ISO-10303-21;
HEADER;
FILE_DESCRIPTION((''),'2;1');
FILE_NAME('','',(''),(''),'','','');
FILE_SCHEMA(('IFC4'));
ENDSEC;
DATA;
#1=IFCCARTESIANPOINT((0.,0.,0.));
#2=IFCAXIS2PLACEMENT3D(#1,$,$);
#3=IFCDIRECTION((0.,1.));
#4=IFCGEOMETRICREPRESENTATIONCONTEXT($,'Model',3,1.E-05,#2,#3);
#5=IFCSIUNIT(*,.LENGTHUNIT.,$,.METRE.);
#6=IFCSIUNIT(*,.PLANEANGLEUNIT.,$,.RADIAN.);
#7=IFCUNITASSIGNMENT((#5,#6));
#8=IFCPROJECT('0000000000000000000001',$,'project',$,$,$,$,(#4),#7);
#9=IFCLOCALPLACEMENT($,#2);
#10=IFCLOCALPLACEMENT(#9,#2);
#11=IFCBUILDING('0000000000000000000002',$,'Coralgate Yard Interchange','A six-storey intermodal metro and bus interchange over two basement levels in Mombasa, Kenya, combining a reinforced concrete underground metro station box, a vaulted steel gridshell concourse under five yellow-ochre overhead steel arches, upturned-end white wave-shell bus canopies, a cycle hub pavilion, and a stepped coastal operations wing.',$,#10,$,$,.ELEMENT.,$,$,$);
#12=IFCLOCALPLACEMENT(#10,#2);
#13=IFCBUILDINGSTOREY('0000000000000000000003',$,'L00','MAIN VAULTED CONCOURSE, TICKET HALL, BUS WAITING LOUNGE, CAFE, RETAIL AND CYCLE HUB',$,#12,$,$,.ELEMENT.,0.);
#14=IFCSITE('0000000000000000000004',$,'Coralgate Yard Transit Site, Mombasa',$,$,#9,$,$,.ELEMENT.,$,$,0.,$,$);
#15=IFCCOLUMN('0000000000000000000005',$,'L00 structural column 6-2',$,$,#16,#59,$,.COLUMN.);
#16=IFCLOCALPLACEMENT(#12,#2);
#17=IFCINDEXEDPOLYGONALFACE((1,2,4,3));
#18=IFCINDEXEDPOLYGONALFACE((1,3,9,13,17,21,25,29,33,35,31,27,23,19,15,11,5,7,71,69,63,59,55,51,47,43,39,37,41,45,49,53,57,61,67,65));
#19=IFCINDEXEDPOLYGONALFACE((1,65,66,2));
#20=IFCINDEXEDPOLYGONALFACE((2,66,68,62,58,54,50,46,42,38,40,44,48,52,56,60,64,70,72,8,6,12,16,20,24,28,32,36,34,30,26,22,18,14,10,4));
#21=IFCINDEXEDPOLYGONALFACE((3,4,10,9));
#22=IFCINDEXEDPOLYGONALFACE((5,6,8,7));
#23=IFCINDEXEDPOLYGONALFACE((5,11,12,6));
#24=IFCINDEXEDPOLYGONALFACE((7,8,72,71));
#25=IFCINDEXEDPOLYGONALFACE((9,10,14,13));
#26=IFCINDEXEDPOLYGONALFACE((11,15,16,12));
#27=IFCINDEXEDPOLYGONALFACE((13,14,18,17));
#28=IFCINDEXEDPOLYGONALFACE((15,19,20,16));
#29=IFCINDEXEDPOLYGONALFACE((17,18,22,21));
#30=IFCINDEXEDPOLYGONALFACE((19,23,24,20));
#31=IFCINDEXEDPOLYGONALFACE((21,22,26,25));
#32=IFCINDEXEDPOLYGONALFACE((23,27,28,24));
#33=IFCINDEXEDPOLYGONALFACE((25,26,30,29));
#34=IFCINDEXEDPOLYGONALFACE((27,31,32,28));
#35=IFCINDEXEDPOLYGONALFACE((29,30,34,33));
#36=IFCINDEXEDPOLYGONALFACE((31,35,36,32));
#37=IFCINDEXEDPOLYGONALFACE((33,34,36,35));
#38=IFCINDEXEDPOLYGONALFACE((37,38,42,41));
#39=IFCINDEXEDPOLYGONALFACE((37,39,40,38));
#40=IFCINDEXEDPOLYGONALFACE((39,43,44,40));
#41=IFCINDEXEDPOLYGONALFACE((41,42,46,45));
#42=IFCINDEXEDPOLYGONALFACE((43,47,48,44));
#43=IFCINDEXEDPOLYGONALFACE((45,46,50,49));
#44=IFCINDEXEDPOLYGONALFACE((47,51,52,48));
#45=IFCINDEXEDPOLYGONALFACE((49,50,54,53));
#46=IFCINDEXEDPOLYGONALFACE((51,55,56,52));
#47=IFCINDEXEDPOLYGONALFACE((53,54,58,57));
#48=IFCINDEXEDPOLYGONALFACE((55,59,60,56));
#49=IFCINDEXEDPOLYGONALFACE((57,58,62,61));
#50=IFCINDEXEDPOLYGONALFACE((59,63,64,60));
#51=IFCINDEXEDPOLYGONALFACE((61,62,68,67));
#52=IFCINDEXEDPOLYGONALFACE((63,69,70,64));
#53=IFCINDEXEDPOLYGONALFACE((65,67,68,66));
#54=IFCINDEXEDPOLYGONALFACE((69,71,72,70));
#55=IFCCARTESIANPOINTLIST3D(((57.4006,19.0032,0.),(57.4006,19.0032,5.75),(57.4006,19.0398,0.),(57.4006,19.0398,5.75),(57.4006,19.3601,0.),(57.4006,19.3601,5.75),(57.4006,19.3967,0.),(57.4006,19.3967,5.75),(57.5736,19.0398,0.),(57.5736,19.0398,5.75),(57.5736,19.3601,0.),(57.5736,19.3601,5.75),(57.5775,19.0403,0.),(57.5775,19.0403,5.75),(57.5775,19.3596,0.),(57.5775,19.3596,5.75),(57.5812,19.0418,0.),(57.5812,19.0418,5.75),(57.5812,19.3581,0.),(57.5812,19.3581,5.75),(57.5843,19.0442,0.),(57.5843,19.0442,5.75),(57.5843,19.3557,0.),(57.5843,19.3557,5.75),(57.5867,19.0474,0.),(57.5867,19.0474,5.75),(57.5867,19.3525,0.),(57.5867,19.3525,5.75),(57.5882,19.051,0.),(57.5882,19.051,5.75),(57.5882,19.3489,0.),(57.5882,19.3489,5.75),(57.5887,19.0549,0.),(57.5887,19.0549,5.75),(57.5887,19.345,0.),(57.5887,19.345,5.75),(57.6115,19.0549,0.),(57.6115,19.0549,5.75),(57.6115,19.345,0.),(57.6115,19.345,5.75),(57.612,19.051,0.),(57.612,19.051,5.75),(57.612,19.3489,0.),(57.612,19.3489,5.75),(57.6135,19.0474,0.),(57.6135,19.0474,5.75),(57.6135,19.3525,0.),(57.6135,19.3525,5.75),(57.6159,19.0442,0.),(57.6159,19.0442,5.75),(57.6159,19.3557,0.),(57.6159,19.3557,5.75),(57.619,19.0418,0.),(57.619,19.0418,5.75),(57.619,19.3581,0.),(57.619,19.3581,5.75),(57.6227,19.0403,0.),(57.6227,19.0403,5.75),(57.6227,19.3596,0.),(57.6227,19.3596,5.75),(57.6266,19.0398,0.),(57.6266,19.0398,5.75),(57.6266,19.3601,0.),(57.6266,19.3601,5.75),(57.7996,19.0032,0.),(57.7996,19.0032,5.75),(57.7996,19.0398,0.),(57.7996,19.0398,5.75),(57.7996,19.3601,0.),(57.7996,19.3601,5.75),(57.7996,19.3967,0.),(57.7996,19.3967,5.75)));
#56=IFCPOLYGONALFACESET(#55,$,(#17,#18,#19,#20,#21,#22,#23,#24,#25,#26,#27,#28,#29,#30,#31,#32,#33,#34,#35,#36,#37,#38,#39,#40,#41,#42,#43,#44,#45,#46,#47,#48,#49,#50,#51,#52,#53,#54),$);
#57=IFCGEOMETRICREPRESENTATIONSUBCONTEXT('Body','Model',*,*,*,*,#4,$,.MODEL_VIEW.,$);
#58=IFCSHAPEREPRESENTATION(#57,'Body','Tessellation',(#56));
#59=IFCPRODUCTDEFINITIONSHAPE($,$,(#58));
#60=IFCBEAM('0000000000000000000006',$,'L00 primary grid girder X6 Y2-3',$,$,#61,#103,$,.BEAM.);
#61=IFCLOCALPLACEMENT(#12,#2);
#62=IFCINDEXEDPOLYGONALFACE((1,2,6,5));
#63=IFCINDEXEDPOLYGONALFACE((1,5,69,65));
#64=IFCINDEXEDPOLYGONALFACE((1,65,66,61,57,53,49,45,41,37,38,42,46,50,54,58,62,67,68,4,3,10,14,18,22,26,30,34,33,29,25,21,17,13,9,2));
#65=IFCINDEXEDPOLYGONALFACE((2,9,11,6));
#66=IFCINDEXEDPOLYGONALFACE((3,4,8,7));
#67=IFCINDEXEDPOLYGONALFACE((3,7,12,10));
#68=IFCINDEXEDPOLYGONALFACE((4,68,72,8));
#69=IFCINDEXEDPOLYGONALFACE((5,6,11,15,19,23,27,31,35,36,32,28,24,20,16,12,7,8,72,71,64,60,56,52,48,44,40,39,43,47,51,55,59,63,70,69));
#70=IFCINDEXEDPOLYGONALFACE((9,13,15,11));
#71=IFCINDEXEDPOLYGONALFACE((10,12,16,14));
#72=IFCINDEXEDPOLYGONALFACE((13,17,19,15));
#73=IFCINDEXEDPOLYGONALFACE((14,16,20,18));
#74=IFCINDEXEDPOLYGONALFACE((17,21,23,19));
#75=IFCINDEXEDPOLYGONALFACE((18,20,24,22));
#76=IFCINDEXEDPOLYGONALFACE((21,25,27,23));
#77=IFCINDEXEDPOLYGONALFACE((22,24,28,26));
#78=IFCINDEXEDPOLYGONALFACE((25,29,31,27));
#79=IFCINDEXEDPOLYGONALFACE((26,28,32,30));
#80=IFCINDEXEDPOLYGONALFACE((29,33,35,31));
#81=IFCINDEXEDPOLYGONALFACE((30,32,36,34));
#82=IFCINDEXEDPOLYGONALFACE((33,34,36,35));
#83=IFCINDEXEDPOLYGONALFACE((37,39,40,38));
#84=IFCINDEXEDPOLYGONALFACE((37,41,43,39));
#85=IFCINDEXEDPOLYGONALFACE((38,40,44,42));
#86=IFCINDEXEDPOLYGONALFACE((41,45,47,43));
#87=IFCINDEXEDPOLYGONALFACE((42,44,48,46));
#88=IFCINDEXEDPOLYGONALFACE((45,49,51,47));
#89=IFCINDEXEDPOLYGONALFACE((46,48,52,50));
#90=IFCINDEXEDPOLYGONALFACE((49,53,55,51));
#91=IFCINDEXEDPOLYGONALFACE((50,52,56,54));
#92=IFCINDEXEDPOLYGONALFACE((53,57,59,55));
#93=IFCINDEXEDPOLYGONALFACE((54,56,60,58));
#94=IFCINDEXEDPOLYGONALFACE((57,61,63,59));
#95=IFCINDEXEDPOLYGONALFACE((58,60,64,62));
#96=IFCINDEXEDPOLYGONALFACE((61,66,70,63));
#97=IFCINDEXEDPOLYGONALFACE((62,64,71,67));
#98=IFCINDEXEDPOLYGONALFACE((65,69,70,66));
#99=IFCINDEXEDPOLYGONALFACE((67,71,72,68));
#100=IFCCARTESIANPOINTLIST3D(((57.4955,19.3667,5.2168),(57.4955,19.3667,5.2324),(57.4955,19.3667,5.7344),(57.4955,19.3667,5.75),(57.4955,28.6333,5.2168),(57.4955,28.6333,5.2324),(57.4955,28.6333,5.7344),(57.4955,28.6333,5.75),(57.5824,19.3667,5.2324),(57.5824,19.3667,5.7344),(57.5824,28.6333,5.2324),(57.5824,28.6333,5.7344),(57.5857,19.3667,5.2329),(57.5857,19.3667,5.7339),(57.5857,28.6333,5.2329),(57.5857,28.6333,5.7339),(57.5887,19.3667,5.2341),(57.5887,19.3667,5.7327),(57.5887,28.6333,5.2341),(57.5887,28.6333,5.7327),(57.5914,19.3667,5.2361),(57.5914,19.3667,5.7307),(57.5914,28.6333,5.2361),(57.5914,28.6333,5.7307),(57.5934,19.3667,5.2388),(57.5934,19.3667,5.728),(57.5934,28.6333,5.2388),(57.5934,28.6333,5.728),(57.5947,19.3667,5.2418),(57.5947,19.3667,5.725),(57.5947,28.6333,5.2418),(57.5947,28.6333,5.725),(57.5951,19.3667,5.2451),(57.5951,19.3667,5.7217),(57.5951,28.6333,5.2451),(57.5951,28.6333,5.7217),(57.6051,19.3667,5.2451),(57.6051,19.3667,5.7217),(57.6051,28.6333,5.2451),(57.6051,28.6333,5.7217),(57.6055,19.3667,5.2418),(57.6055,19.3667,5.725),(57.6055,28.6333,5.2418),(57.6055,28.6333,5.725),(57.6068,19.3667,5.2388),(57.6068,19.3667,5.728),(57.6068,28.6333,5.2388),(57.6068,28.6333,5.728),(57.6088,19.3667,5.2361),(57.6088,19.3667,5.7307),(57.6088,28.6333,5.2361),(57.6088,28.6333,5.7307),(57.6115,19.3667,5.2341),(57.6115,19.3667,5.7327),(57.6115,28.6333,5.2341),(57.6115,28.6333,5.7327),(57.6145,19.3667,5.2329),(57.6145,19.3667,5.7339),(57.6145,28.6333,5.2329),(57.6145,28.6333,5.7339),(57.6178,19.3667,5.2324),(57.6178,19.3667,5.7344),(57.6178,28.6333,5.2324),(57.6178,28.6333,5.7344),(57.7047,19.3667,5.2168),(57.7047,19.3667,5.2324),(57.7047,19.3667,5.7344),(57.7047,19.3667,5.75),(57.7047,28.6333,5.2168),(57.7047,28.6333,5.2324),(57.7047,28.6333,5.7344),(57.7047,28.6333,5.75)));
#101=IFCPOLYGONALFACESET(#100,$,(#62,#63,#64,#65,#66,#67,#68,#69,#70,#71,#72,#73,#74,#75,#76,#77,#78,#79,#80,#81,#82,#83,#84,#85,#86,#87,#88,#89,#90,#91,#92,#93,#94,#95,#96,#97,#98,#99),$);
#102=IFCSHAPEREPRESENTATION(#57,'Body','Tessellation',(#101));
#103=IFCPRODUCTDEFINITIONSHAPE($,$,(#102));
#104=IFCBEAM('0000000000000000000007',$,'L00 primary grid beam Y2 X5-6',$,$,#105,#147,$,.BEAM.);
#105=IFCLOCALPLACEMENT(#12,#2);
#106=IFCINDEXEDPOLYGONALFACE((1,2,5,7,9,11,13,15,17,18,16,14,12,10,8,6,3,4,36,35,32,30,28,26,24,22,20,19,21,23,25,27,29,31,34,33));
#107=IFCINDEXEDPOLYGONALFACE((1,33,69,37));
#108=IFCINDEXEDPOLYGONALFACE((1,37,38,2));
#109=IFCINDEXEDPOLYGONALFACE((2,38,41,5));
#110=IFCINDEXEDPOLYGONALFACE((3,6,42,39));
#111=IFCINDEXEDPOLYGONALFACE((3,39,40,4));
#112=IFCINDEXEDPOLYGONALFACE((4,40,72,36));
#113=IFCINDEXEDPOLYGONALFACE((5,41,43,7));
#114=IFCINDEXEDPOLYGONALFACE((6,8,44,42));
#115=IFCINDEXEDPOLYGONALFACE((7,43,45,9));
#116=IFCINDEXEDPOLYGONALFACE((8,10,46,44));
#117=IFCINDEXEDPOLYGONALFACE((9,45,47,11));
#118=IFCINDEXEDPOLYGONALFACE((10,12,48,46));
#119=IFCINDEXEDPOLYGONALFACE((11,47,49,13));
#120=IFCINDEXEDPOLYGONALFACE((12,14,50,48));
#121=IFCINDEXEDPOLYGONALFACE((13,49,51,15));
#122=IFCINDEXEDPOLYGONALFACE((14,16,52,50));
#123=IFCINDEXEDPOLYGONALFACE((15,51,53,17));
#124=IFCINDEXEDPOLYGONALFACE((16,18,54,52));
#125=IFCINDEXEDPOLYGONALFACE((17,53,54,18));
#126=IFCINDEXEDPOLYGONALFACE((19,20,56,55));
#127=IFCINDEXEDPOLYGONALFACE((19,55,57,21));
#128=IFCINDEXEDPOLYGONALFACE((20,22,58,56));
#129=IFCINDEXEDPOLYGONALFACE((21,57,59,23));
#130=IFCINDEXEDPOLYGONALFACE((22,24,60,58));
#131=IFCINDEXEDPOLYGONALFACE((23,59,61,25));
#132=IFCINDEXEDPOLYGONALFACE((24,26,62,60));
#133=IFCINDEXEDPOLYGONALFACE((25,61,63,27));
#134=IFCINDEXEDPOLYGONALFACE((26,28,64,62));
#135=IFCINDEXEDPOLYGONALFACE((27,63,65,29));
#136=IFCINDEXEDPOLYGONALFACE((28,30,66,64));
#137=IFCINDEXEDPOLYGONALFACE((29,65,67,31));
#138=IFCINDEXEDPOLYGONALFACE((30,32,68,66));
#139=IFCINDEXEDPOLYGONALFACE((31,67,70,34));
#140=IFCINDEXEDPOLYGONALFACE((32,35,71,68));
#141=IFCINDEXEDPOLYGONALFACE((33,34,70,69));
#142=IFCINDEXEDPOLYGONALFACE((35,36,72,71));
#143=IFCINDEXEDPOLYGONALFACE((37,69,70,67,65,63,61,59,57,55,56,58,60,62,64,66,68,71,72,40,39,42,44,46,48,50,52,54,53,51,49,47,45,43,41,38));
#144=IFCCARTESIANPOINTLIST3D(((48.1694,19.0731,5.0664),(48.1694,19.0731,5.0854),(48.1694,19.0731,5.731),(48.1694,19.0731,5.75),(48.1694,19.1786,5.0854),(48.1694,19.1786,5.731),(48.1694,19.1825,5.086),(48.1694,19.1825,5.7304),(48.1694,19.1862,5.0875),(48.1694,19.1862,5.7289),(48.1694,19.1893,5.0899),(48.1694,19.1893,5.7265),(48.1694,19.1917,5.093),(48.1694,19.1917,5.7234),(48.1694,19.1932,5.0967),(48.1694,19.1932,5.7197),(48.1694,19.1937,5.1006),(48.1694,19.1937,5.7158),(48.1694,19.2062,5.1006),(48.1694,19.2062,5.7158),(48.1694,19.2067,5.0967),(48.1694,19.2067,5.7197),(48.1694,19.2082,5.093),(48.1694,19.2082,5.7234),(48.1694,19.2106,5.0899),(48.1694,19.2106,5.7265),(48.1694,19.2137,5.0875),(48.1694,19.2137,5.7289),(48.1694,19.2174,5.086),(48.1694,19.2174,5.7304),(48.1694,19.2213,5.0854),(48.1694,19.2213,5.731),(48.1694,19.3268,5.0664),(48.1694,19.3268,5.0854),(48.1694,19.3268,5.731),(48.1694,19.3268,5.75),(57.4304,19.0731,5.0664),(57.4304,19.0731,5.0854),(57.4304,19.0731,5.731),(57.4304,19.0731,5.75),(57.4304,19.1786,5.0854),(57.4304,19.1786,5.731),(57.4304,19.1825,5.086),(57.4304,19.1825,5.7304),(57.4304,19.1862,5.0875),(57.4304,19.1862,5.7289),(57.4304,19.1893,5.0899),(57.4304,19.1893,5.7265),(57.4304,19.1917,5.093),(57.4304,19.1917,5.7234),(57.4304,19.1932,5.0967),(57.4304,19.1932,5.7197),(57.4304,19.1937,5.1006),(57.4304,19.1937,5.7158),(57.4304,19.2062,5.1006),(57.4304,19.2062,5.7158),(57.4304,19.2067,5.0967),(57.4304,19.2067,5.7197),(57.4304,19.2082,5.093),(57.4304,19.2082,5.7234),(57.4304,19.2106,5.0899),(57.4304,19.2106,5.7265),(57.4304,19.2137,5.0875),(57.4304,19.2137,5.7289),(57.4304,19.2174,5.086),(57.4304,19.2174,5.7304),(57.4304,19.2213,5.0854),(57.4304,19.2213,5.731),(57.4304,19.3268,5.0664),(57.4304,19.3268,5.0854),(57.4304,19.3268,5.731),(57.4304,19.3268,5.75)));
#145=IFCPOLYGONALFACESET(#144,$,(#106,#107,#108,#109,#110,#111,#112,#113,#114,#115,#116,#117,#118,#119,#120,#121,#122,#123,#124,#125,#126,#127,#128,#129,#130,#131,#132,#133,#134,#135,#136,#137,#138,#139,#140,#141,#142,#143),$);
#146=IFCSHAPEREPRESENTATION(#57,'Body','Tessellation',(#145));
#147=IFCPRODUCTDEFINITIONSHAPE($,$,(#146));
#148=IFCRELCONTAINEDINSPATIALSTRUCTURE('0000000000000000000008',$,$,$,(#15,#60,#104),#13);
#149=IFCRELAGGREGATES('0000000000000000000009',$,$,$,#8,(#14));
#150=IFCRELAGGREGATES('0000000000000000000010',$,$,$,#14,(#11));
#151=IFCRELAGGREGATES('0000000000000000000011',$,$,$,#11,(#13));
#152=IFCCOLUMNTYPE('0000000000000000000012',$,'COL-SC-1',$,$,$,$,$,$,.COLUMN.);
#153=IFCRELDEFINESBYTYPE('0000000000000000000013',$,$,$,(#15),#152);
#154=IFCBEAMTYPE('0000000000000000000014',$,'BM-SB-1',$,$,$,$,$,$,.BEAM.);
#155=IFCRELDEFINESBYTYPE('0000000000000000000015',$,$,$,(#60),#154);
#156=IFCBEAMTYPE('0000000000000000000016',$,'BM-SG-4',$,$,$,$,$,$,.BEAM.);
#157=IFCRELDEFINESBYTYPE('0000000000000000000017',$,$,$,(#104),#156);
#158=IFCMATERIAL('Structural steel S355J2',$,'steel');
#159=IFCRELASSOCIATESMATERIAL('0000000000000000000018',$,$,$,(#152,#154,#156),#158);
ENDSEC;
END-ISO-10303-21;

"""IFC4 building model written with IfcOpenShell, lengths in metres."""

from ifc_helpers import new_model, si_unit, direction, frame, origin, origin_2d, place, context, subcontext, project, spatial, i_section, extrude, material, material_profile, profile_set, type_object, element, save


model = new_model("IFC4")

# Units and contexts
model_context = context("Model", 3, precision=1e-05, world=origin(), true_north=direction((0.0, 1.0)))
body_context = subcontext(model_context, "Body", "Model", "MODEL_VIEW")
ifc_project = project(units=[si_unit("LENGTHUNIT", "METRE"), si_unit("PLANEANGLEUNIT", "RADIAN")], contexts=[model_context])

# Site, building, storey
site_placement = place(None, origin())
site = spatial("IfcSite", under=ifc_project, at=site_placement, Name="Coralgate Yard Transit Site, Mombasa", CompositionType="ELEMENT", RefElevation=0.0)
building_placement = place(site_placement, origin())
building = spatial("IfcBuilding", under=site, at=building_placement, Name="Coralgate Yard Interchange", Description="A six-storey intermodal metro and bus interchange over two basement levels in Mombasa, Kenya, combining a reinforced concrete underground metro station box, a vaulted steel gridshell concourse under five yellow-ochre overhead steel arches, upturned-end white wave-shell bus canopies, a cycle hub pavilion, and a stepped coastal operations wing.", CompositionType="ELEMENT")
storey_placement = place(building_placement, origin())
storey = spatial("IfcBuildingStorey", under=building, at=storey_placement, Name="L00", Description="MAIN VAULTED CONCOURSE, TICKET HALL, BUS WAITING LOUNGE, CAFE, RETAIL AND CYCLE HUB", CompositionType="ELEMENT", Elevation=0.0)

# Column
ifc_material_1 = material(Name="Structural steel S355J2", Category="steel")
ifc_material_profile_1 = material_profile(ifc_material_1, i_section(OverallWidth=0.3989, OverallDepth=0.3936, WebThickness=0.0227, FlangeThickness=0.0366, FilletRadius=0.0151, at=origin_2d()), Name="UC 356x406x287")
ifc_profile_set_1 = profile_set([ifc_material_profile_1], Name="Structural steel S355J2")
column_type = type_object("IfcColumnType", Name="COL-SC-1", PredefinedType="COLUMN", material=ifc_profile_set_1)
column_placement = place(storey_placement, frame((57.6001, 19.2, 0.0), z_axis=(0.0, 0.0, 1.0), x_axis=(1.0, 0.0, 0.0)))
element("IfcColumn", 1, at=column_placement, inside=storey, type_object=column_type, Name="L00 structural column 6-2", PredefinedType="COLUMN", context=body_context, shape_type="SweptSolid", body=[
    extrude(i_section(OverallWidth=0.3989, OverallDepth=0.3936, WebThickness=0.0227, FlangeThickness=0.0366, FilletRadius=0.0151, at=origin_2d()), origin(), (0.0, 0.0, 1.0), 5.75),
])

# Beams
ifc_material_profile_2 = material_profile(ifc_material_1, i_section(OverallWidth=0.2092, OverallDepth=0.5332, WebThickness=0.01, FlangeThickness=0.0156, FilletRadius=0.0127, at=origin_2d()), Name="UB 533x210x92")
ifc_profile_set_2 = profile_set([ifc_material_profile_2], Name="Structural steel S355J2")
beam_type_1 = type_object("IfcBeamType", Name="BM-SB-1", PredefinedType="BEAM", material=ifc_profile_set_2)
beam_1_placement = place(storey_placement, frame((57.6001, 19.3667, 5.4834), z_axis=(0.0, 1.0, 0.0), x_axis=(-1.0, 0.0, 0.0)))
element("IfcBeam", 2, at=beam_1_placement, inside=storey, type_object=beam_type_1, Name="L00 primary grid girder X6 Y2-3", PredefinedType="BEAM", context=body_context, shape_type="SweptSolid", body=[
    extrude(i_section(OverallWidth=0.2092, OverallDepth=0.5332, WebThickness=0.01, FlangeThickness=0.0156, FilletRadius=0.0127, at=origin_2d()), origin(), (0.0, 0.0, 1.0), 9.2666),
])
ifc_material_profile_3 = material_profile(ifc_material_1, i_section(OverallWidth=0.2537, OverallDepth=0.6836, WebThickness=0.0125, FlangeThickness=0.019, FilletRadius=0.0151, at=origin_2d()), Name="UB 686x254x140")
ifc_profile_set_3 = profile_set([ifc_material_profile_3], Name="Structural steel S355J2")
beam_type_2 = type_object("IfcBeamType", Name="BM-SG-4", PredefinedType="BEAM", material=ifc_profile_set_3)
beam_2_placement = place(storey_placement, frame((48.1694, 19.2, 5.4082), z_axis=(1.0, 0.0, 0.0), x_axis=(0.0, 1.0, 0.0)))
element("IfcBeam", 3, at=beam_2_placement, inside=storey, type_object=beam_type_2, Name="L00 primary grid beam Y2 X5-6", PredefinedType="BEAM", context=body_context, shape_type="SweptSolid", body=[
    extrude(i_section(OverallWidth=0.2537, OverallDepth=0.6836, WebThickness=0.0125, FlangeThickness=0.019, FilletRadius=0.0151, at=origin_2d()), origin(), (0.0, 0.0, 1.0), 9.261),
])

save(model, "model.ifc")
